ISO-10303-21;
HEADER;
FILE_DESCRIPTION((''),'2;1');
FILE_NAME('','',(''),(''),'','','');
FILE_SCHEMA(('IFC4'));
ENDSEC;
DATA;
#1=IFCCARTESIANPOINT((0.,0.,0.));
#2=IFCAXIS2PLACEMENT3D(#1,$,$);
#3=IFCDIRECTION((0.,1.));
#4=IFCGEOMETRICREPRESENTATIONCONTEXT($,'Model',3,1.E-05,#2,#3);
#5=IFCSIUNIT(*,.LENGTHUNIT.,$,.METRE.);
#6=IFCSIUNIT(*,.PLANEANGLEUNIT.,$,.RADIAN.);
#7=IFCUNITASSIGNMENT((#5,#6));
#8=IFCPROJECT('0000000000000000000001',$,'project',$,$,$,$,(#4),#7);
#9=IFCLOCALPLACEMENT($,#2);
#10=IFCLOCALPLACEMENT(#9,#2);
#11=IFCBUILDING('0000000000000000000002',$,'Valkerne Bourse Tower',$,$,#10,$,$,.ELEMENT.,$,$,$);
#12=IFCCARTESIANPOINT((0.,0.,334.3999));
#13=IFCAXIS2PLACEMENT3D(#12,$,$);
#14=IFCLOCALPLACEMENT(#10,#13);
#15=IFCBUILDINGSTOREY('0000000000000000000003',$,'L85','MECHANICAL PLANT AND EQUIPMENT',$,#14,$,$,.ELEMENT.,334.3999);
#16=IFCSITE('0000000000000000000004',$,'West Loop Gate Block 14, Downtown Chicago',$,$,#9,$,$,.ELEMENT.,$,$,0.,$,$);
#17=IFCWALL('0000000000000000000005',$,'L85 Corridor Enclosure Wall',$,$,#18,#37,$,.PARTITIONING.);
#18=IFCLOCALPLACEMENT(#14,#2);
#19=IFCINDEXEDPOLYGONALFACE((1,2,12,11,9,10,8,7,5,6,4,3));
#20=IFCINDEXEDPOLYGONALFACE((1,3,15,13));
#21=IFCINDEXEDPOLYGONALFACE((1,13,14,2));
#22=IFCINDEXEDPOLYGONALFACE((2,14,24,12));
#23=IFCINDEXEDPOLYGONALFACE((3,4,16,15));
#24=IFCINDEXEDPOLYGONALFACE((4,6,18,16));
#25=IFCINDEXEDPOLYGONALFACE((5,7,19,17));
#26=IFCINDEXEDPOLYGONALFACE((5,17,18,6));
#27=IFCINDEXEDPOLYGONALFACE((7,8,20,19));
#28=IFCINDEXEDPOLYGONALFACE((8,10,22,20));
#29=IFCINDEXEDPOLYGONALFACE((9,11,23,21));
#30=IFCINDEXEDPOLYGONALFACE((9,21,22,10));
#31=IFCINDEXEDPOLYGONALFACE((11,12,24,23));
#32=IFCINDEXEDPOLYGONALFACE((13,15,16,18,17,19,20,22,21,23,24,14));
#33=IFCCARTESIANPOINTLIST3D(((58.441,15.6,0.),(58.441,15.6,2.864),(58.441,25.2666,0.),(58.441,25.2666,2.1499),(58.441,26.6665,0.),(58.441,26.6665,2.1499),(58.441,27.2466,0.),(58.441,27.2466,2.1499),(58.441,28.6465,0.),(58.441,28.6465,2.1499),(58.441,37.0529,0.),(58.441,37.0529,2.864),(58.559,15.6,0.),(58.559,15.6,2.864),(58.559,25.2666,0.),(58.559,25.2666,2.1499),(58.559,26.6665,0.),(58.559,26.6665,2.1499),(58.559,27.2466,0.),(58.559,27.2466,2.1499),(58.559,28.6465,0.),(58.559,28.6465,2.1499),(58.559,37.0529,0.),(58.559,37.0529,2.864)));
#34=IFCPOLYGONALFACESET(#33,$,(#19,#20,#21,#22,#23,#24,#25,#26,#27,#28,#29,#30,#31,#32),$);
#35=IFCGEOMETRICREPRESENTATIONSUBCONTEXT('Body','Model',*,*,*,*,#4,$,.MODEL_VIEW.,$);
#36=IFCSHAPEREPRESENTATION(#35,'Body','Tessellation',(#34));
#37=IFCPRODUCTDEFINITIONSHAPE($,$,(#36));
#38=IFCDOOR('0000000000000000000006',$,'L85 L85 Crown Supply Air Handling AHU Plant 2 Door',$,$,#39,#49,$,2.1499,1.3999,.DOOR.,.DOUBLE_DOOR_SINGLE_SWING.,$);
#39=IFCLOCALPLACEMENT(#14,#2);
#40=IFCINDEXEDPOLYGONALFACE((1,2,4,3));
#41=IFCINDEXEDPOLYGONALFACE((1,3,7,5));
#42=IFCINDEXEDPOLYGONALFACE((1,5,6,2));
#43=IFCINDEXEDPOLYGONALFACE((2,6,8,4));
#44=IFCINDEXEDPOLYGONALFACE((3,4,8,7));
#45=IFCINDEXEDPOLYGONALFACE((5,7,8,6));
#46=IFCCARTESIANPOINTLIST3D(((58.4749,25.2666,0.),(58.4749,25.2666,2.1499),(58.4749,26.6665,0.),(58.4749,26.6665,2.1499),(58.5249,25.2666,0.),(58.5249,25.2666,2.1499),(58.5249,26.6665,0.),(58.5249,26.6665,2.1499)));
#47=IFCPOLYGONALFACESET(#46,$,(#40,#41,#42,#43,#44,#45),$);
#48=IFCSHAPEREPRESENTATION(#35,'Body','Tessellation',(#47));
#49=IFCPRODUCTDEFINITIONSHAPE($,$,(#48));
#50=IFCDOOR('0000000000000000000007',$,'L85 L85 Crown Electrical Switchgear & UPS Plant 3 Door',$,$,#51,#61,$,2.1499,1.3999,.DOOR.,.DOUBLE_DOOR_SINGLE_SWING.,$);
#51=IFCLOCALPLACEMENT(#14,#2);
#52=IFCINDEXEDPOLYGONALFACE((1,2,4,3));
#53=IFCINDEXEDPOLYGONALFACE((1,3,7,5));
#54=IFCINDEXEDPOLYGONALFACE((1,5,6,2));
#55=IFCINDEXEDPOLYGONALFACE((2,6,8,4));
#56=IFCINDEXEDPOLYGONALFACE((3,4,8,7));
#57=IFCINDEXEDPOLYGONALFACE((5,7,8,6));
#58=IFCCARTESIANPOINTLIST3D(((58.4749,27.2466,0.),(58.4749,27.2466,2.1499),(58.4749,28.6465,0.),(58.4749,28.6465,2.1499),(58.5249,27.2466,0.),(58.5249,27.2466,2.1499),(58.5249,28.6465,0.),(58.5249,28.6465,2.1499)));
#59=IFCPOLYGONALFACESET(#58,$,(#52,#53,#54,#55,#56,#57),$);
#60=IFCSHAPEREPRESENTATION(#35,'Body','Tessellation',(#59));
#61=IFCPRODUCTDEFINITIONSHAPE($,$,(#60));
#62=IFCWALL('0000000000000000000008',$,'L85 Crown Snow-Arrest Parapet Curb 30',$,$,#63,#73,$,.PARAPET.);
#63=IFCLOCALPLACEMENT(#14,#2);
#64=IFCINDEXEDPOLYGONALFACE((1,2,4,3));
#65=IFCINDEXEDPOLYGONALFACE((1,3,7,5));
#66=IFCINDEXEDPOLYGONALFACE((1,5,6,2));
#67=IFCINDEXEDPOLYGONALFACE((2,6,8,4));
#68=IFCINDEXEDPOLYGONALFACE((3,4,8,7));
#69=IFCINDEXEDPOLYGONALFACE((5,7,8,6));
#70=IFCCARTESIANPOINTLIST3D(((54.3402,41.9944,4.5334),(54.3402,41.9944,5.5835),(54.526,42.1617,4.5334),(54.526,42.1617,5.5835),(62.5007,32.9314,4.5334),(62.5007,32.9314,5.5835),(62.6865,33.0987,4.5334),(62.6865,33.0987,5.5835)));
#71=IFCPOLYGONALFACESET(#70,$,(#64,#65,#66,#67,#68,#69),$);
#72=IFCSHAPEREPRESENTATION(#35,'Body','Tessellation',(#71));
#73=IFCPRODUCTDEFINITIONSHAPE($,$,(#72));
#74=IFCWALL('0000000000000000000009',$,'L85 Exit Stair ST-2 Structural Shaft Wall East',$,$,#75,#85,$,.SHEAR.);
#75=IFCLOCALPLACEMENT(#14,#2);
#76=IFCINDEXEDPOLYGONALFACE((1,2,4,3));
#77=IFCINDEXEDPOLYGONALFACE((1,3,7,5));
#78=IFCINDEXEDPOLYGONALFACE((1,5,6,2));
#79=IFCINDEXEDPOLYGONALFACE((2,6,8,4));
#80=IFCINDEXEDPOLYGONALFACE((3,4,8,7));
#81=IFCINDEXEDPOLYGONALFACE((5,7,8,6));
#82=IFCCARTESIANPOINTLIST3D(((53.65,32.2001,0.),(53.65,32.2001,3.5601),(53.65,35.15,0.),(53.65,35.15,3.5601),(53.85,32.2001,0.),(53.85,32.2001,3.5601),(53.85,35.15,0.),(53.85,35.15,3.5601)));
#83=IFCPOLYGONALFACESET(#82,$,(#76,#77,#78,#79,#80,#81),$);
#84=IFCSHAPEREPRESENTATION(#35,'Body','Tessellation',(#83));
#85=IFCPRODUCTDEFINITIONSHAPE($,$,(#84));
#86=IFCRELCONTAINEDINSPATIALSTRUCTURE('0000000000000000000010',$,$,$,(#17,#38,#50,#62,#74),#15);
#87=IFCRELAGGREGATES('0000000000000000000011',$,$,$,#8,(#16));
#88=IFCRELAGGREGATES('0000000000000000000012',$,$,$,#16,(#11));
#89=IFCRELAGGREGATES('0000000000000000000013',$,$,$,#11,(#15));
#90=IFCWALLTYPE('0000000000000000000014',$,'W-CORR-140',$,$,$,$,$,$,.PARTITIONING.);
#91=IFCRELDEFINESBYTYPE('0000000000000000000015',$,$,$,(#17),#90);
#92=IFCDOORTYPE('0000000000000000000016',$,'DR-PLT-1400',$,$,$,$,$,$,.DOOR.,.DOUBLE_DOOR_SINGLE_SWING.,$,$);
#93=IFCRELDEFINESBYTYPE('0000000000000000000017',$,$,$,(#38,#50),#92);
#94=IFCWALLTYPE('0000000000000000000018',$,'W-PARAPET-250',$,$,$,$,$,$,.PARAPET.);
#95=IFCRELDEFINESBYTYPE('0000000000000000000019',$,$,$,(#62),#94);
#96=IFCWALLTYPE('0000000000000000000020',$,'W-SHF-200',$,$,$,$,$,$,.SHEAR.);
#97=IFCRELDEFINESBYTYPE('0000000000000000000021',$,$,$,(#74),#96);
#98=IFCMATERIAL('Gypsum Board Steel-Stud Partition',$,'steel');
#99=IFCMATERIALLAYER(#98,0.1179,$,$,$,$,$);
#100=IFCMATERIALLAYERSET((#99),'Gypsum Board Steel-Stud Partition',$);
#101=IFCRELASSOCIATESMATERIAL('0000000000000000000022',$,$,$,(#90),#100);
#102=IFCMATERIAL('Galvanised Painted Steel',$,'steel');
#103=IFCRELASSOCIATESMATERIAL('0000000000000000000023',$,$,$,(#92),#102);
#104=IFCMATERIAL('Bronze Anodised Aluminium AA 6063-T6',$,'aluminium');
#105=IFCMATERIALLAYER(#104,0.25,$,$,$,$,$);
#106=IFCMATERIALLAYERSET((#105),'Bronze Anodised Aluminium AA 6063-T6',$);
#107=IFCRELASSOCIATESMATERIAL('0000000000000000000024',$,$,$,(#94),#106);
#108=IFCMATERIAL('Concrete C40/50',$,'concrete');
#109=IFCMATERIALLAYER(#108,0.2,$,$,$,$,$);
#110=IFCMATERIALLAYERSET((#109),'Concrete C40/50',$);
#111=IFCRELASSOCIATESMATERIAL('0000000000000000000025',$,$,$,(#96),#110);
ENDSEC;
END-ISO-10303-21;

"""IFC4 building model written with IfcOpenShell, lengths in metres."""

from ifc_helpers import new_model, si_unit, direction, frame, frame_2d, origin, place, context, subcontext, project, spatial, rectangle, extrude, material, layer, layer_set, type_object, element, fill, save


model = new_model("IFC4")

# Units and contexts
model_context = context("Model", 3, precision=1e-05, world=origin(), true_north=direction((0.0, 1.0)))
body_context = subcontext(model_context, "Body", "Model", "MODEL_VIEW")
ifc_project = project(units=[si_unit("LENGTHUNIT", "METRE"), si_unit("PLANEANGLEUNIT", "RADIAN")], contexts=[model_context])

# Site, building, storey
site_placement = place(None, origin())
site = spatial("IfcSite", under=ifc_project, at=site_placement, Name="West Loop Gate Block 14, Downtown Chicago", CompositionType="ELEMENT", RefElevation=0.0)
building_placement = place(site_placement, origin())
building = spatial("IfcBuilding", under=site, at=building_placement, Name="Valkerne Bourse Tower", CompositionType="ELEMENT")
storey_placement = place(building_placement, frame((0.0, 0.0, 334.3999)))
storey = spatial("IfcBuildingStorey", under=building, at=storey_placement, Name="L85", Description="MECHANICAL PLANT AND EQUIPMENT", CompositionType="ELEMENT", Elevation=334.3999)

# Shared definitions
ifc_material_1 = material(Name="Bronze Anodised Aluminium AA 6063-T6", Category="aluminium")

# Shared definitions
ifc_material_2 = material(Name="Gypsum Board Steel-Stud Partition", Category="steel")
ifc_layer_1 = layer(ifc_material_2, 0.1179)
ifc_layer_set_1 = layer_set([ifc_layer_1], Name="Gypsum Board Steel-Stud Partition")
wall_type_1 = type_object("IfcWallType", Name="W-CORR-140", PredefinedType="PARTITIONING", material=ifc_layer_set_1)

# Wall, openings, doors
wall_1_placement = place(storey_placement, frame((58.5, 37.053, 0.0), z_axis=(0.0, 0.0, 1.0), x_axis=(0.0, -1.0, 0.0)))
wall_1 = element("IfcWall", 1, at=wall_1_placement, inside=storey, type_object=wall_type_1, Name="L85 Corridor Enclosure Wall", PredefinedType="PARTITIONING", context=body_context, shape_type="SweptSolid", body=[
    extrude(rectangle(XDim=21.4529, YDim=0.1179, at=frame_2d((10.7266, 0.0))), origin(), (0.0, 0.0, 1.0), 2.864),
])
opening_1_placement = place(wall_1_placement, frame((10.3865, 0.0, 0.0)))
opening_1 = element("IfcOpeningElement", 2, at=opening_1_placement, cuts=wall_1, PredefinedType="OPENING", context=body_context, shape_type="SweptSolid", body=[
    extrude(rectangle(XDim=1.3999, YDim=2.1499, at=frame_2d((0.7, 1.075))), frame((0.0, 0.0688, 0.0), z_axis=(0.0, -1.0, 0.0), x_axis=(1.0, 0.0, 0.0)), (0.0, 0.0, 1.0), 0.1379),
])
opening_2_placement = place(wall_1_placement, frame((8.4065, 0.0, 0.0)))
opening_2 = element("IfcOpeningElement", 3, at=opening_2_placement, cuts=wall_1, PredefinedType="OPENING", context=body_context, shape_type="SweptSolid", body=[
    extrude(rectangle(XDim=1.3999, YDim=2.1499, at=frame_2d((0.7, 1.075))), frame((0.0, 0.0688, 0.0), z_axis=(0.0, -1.0, 0.0), x_axis=(1.0, 0.0, 0.0)), (0.0, 0.0, 1.0), 0.1379),
])
ifc_material_3 = material(Name="Galvanised Painted Steel", Category="steel")
door_type = type_object("IfcDoorType", Name="DR-PLT-1400", OperationType="DOUBLE_DOOR_SINGLE_SWING", PredefinedType="DOOR", material=ifc_material_3)
door_1_placement = place(opening_1_placement, origin())
door_1 = element("IfcDoor", 4, at=door_1_placement, inside=storey, type_object=door_type, Name="L85 L85 Crown Supply Air Handling AHU Plant 2 Door", OperationType="DOUBLE_DOOR_SINGLE_SWING", OverallHeight=2.1499, OverallWidth=1.3999, PredefinedType="DOOR", context=body_context, shape_type="SweptSolid", body=[
    extrude(rectangle(XDim=1.3999, YDim=2.1499, at=frame_2d((0.7, 1.075))), frame((0.0, 0.0249, 0.0), z_axis=(0.0, -1.0, 0.0), x_axis=(1.0, 0.0, 0.0)), (0.0, 0.0, 1.0), 0.05),
])
fill(opening_1, door_1)
door_2_placement = place(opening_2_placement, origin())
door_2 = element("IfcDoor", 5, at=door_2_placement, inside=storey, type_object=door_type, Name="L85 L85 Crown Electrical Switchgear & UPS Plant 3 Door", OperationType="DOUBLE_DOOR_SINGLE_SWING", OverallHeight=2.1499, OverallWidth=1.3999, PredefinedType="DOOR", context=body_context, shape_type="SweptSolid", body=[
    extrude(rectangle(XDim=1.3999, YDim=2.1499, at=frame_2d((0.7, 1.075))), frame((0.0, 0.0249, 0.0), z_axis=(0.0, -1.0, 0.0), x_axis=(1.0, 0.0, 0.0)), (0.0, 0.0, 1.0), 0.05),
])
fill(opening_2, door_2)

# Walls
ifc_layer_2 = layer(ifc_material_1, 0.25)
ifc_layer_set_2 = layer_set([ifc_layer_2], Name="Bronze Anodised Aluminium AA 6063-T6")
wall_type_2 = type_object("IfcWallType", Name="W-PARAPET-250", PredefinedType="PARAPET", material=ifc_layer_set_2)
wall_2_placement = place(storey_placement, frame((62.5935, 33.0151, 4.5334), z_axis=(0.0, 0.0, 1.0), x_axis=(-0.669133, 0.743143, 0.0)))
element("IfcWall", 6, at=wall_2_placement, inside=storey, type_object=wall_type_2, Name="L85 Crown Snow-Arrest Parapet Curb 30", PredefinedType="PARAPET", context=body_context, shape_type="SweptSolid", body=[
    extrude(rectangle(XDim=12.1956, YDim=0.25, at=frame_2d((6.0977, 0.0))), origin(), (0.0, 0.0, 1.0), 1.05),
])
ifc_material_4 = material(Name="Concrete C40/50", Category="concrete")
ifc_layer_3 = layer(ifc_material_4, 0.2)
ifc_layer_set_3 = layer_set([ifc_layer_3], Name="Concrete C40/50")
wall_type_3 = type_object("IfcWallType", Name="W-SHF-200", PredefinedType="SHEAR", material=ifc_layer_set_3)
wall_3_placement = place(storey_placement, frame((53.75, 32.2, 0.0), z_axis=(0.0, 0.0, 1.0), x_axis=(0.0, 1.0, 0.0)))
element("IfcWall", 7, at=wall_3_placement, inside=storey, type_object=wall_type_3, Name="L85 Exit Stair ST-2 Structural Shaft Wall East", PredefinedType="SHEAR", context=body_context, shape_type="SweptSolid", body=[
    extrude(rectangle(XDim=2.95, YDim=0.2, at=frame_2d((1.4751, 0.0))), origin(), (0.0, 0.0, 1.0), 3.5601),
])

save(model, "model.ifc")
